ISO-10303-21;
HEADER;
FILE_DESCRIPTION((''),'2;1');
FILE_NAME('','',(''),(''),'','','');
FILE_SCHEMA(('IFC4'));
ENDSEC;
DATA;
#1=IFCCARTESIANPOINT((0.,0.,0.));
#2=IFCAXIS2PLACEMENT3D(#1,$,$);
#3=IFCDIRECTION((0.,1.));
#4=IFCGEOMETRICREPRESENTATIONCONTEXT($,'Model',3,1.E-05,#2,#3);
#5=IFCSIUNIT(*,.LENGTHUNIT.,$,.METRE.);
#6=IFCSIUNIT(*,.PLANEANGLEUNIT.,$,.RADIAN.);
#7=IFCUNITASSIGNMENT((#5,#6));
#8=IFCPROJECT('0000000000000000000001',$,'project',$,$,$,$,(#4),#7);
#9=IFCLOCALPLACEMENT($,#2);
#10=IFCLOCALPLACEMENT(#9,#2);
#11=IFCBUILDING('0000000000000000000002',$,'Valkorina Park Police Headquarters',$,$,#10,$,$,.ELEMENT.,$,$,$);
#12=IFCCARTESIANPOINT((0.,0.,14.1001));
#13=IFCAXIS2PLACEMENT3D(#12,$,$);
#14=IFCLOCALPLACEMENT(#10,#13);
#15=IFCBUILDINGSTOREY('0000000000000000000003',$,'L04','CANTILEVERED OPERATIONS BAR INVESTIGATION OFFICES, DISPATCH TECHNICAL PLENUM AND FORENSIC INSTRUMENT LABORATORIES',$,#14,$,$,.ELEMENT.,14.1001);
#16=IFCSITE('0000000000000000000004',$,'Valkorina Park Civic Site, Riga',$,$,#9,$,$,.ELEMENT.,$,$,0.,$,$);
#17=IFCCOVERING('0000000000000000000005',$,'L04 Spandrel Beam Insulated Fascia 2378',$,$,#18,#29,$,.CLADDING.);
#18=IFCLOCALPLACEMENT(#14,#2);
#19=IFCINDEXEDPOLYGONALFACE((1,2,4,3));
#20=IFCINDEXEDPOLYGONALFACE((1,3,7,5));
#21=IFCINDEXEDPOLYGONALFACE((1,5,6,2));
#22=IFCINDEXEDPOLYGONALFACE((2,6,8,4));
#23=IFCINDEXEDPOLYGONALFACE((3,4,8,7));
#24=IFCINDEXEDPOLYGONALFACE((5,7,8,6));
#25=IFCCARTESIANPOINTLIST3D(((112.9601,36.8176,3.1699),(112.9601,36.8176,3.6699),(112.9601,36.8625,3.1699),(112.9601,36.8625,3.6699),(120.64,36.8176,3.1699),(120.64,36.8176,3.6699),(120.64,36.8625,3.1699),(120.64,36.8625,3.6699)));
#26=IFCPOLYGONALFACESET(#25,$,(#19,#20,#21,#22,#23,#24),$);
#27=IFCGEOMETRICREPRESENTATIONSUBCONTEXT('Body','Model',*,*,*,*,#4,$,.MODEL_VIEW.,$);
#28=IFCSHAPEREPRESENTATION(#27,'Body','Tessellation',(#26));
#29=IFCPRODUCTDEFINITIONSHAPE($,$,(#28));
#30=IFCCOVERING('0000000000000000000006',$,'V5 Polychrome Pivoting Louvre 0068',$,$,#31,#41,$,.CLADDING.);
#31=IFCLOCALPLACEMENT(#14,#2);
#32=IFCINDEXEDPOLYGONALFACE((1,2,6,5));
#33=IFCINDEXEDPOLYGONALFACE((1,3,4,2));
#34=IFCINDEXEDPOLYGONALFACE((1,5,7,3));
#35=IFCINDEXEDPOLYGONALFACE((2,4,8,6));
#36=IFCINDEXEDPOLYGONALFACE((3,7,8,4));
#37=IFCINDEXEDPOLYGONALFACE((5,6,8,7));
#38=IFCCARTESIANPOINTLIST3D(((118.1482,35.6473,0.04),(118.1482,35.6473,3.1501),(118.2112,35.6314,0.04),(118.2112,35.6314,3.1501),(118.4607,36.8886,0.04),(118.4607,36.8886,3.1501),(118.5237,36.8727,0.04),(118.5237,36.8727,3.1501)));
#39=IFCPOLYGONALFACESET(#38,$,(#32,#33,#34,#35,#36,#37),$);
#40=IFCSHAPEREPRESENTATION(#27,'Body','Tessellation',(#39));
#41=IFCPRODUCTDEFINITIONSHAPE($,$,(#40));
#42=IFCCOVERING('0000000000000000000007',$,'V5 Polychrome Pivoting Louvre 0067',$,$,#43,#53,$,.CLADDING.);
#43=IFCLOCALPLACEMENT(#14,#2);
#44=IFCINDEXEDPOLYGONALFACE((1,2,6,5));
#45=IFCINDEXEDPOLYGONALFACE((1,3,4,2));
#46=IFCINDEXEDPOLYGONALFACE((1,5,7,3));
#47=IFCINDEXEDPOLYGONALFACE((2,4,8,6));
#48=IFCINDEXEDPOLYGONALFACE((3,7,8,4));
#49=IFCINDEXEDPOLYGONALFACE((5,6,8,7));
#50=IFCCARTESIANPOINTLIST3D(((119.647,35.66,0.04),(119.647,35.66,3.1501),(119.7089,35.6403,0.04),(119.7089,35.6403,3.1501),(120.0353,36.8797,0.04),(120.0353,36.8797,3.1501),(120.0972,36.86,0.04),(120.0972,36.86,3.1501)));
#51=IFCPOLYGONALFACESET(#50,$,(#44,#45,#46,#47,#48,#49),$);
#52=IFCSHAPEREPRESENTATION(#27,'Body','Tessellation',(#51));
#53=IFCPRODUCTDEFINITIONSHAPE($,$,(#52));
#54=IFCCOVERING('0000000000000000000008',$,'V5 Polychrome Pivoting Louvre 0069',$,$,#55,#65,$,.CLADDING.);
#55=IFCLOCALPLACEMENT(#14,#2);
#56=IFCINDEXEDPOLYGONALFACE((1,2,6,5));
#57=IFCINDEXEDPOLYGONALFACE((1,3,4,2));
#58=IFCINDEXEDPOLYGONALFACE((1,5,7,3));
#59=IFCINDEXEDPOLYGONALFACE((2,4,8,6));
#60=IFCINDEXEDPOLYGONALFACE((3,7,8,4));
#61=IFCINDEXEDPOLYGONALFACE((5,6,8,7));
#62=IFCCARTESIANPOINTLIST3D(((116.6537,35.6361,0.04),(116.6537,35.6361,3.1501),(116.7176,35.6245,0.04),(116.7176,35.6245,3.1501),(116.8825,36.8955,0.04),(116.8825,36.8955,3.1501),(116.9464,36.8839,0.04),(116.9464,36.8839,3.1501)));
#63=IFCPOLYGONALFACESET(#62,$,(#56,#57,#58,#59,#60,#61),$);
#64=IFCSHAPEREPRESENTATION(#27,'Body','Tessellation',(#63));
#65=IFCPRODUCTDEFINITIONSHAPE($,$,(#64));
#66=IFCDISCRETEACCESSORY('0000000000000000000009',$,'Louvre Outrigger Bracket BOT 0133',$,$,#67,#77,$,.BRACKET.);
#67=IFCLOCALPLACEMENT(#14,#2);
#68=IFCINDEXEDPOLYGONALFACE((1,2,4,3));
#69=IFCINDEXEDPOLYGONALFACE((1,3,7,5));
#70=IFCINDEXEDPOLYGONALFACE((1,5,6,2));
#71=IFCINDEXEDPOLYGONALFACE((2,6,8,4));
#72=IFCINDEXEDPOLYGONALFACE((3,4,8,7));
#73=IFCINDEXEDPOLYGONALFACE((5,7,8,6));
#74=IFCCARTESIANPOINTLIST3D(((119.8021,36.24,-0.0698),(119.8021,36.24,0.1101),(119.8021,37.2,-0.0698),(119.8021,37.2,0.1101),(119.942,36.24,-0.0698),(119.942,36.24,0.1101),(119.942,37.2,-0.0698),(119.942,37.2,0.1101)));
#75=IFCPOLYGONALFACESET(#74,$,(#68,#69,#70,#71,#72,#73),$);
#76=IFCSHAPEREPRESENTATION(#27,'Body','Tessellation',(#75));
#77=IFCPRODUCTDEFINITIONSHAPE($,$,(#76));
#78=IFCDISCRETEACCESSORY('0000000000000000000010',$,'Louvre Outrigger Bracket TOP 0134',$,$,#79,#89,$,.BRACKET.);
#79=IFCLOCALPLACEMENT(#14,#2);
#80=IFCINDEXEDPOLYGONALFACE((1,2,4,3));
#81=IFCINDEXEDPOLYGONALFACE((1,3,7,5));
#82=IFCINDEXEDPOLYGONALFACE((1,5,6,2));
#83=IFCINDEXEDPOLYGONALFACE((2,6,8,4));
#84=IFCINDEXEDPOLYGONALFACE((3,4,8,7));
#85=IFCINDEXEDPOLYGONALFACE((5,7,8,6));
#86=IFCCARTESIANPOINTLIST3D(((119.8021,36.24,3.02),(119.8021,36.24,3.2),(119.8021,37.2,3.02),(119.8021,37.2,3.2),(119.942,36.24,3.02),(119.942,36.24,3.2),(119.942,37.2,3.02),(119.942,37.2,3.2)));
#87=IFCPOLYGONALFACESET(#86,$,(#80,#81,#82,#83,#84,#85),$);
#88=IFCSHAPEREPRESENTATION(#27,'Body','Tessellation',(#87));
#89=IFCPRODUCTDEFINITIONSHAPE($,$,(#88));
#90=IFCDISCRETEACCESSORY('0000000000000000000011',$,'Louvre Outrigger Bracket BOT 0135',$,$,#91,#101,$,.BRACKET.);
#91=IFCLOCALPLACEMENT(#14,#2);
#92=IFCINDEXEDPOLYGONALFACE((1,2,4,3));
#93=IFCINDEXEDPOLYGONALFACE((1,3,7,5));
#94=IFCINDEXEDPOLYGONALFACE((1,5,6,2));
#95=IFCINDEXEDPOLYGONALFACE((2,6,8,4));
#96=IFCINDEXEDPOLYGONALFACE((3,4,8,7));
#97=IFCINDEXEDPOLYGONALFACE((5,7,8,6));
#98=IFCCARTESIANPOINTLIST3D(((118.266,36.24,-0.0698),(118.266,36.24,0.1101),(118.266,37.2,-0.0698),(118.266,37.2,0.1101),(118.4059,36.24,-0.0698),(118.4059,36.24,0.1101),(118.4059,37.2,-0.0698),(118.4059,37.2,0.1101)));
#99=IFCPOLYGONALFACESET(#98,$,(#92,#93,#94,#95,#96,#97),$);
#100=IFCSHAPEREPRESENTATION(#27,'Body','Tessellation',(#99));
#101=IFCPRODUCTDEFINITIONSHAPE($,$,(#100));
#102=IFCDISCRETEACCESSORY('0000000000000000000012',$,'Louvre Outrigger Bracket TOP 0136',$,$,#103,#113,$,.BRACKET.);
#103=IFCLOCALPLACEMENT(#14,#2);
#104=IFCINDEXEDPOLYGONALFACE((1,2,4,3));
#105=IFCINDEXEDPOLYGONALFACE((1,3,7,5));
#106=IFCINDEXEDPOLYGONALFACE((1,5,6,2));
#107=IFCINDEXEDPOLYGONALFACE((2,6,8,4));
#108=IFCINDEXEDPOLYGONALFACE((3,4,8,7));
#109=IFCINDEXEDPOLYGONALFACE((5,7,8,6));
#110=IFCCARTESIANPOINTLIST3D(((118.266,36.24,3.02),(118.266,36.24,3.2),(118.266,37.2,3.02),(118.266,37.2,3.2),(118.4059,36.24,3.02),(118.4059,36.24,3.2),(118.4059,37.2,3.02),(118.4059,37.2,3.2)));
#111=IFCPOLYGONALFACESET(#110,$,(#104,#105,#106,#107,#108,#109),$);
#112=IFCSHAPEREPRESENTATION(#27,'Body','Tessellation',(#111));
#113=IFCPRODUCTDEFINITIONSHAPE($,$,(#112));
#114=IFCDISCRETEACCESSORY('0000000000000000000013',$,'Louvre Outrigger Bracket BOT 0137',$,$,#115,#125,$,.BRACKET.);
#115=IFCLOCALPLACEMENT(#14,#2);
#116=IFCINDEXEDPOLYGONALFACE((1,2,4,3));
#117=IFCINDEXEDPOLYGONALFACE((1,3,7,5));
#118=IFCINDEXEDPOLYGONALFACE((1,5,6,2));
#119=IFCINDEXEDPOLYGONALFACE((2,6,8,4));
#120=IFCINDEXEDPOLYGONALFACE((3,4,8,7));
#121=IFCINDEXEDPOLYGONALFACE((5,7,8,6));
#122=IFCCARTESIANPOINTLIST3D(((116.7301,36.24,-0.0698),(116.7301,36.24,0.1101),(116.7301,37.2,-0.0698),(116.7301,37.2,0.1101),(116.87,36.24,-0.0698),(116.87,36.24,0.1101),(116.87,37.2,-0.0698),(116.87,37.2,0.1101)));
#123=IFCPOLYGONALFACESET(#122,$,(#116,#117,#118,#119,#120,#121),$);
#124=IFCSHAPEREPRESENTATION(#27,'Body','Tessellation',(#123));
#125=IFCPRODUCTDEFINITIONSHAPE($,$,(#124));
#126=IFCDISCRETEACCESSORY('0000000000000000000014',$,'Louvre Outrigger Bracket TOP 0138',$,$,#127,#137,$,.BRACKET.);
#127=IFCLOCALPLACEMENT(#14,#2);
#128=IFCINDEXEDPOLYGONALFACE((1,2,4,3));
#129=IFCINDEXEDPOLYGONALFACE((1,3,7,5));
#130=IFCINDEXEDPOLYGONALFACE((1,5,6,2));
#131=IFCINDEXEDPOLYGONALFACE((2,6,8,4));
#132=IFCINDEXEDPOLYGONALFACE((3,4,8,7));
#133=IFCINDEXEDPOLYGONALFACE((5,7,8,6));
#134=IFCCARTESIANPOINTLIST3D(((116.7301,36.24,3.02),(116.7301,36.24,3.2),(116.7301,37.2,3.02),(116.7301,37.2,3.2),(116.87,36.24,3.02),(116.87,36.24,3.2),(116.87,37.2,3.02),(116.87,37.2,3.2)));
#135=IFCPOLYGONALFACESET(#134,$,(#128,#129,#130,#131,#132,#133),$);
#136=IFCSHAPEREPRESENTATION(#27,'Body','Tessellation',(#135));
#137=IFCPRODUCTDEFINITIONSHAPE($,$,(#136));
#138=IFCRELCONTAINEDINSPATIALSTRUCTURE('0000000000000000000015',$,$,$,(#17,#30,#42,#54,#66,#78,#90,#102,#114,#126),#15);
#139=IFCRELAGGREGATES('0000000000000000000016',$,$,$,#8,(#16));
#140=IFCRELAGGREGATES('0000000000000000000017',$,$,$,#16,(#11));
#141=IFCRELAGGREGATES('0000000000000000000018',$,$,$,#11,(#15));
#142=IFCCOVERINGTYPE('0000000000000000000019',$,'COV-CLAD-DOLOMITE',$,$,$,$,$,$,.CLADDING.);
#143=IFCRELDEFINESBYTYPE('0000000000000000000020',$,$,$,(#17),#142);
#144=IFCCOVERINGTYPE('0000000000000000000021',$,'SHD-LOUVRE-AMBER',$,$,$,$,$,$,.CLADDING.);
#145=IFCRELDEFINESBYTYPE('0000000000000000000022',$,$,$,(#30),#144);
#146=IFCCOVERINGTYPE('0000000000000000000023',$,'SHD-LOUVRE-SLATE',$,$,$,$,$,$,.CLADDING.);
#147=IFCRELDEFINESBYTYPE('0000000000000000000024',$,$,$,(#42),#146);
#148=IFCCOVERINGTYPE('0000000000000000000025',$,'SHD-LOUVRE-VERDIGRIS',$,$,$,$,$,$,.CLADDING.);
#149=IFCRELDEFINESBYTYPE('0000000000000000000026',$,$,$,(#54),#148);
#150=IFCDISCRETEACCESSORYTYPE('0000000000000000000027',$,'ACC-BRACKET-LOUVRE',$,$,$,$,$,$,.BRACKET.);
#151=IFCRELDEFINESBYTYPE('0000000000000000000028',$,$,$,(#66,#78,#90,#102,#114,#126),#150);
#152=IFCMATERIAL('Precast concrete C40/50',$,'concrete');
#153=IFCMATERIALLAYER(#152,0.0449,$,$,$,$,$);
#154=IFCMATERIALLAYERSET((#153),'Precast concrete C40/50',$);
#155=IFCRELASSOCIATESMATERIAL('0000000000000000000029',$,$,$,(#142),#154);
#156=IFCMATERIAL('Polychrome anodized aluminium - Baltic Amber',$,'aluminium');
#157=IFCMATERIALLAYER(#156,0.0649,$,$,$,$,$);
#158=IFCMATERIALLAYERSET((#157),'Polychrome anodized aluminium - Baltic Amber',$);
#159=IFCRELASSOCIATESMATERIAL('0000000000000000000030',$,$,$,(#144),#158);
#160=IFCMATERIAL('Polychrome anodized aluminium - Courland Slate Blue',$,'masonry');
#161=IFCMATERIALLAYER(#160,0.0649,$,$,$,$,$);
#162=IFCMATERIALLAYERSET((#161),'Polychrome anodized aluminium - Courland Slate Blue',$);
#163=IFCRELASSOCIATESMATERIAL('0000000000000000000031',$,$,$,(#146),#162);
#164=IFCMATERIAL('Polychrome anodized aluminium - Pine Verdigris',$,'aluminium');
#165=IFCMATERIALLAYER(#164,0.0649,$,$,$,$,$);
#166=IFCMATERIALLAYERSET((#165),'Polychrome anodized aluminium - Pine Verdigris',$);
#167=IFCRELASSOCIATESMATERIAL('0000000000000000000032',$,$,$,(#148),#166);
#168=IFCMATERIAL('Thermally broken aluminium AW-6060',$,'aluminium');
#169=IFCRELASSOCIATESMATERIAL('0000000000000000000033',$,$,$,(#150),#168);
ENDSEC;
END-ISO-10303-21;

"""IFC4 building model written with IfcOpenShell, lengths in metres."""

from ifc_helpers import new_model, si_unit, direction, frame, frame_2d, origin, origin_2d, place, context, subcontext, project, spatial, rectangle, extrude, material, layer, layer_set, type_object, element, save


model = new_model("IFC4")

# Units and contexts
model_context = context("Model", 3, precision=1e-05, world=origin(), true_north=direction((0.0, 1.0)))
body_context = subcontext(model_context, "Body", "Model", "MODEL_VIEW")
ifc_project = project(units=[si_unit("LENGTHUNIT", "METRE"), si_unit("PLANEANGLEUNIT", "RADIAN")], contexts=[model_context])

# Site, building, storey
site_placement = place(None, origin())
site = spatial("IfcSite", under=ifc_project, at=site_placement, Name="Valkorina Park Civic Site, Riga", CompositionType="ELEMENT", RefElevation=0.0)
building_placement = place(site_placement, origin())
building = spatial("IfcBuilding", under=site, at=building_placement, Name="Valkorina Park Police Headquarters", CompositionType="ELEMENT")
storey_placement = place(building_placement, frame((0.0, 0.0, 14.1001)))
storey = spatial("IfcBuildingStorey", under=building, at=storey_placement, Name="L04", Description="CANTILEVERED OPERATIONS BAR INVESTIGATION OFFICES, DISPATCH TECHNICAL PLENUM AND FORENSIC INSTRUMENT LABORATORIES", CompositionType="ELEMENT", Elevation=14.1001)

# Shared definitions
ifc_material_1 = material(Name="Thermally broken aluminium AW-6060", Category="aluminium")

# Coverings
ifc_material_2 = material(Name="Precast concrete C40/50", Category="concrete")
ifc_layer_1 = layer(ifc_material_2, 0.0449)
ifc_layer_set_1 = layer_set([ifc_layer_1], Name="Precast concrete C40/50")
covering_type_1 = type_object("IfcCoveringType", Name="COV-CLAD-DOLOMITE", PredefinedType="CLADDING", material=ifc_layer_set_1)
covering_1_placement = place(storey_placement, frame((120.6399, 36.8401, 3.1699), z_axis=(0.0, 0.0, 1.0), x_axis=(-1.0, 0.0, 0.0)))
element("IfcCovering", 1, at=covering_1_placement, inside=storey, type_object=covering_type_1, Name="L04 Spandrel Beam Insulated Fascia 2378", PredefinedType="CLADDING", context=body_context, shape_type="SweptSolid", body=[
    extrude(rectangle(XDim=7.6799, YDim=0.0449, at=frame_2d((3.8398, 0.0))), origin(), (0.0, 0.0, 1.0), 0.5),
])
ifc_material_3 = material(Name="Polychrome anodized aluminium - Baltic Amber", Category="aluminium")
ifc_layer_2 = layer(ifc_material_3, 0.0649)
ifc_layer_set_2 = layer_set([ifc_layer_2], Name="Polychrome anodized aluminium - Baltic Amber")
covering_type_2 = type_object("IfcCoveringType", Name="SHD-LOUVRE-AMBER", PredefinedType="CLADDING", material=ifc_layer_set_2)
covering_2_placement = place(storey_placement, frame((118.3359, 36.26, 0.04), z_axis=(0.0, 0.0, 1.0), x_axis=(-0.244123, -0.969744, 0.0)))
element("IfcCovering", 2, at=covering_2_placement, inside=storey, type_object=covering_type_2, Name="V5 Polychrome Pivoting Louvre 0068", PredefinedType="CLADDING", context=body_context, shape_type="SweptSolid", body=[
    extrude(rectangle(XDim=1.28, YDim=0.0649, at=origin_2d()), origin(), (0.0, 0.0, 1.0), 3.1101),
])
ifc_material_4 = material(Name="Polychrome anodized aluminium - Courland Slate Blue", Category="masonry")
ifc_layer_3 = layer(ifc_material_4, 0.0649)
ifc_layer_set_3 = layer_set([ifc_layer_3], Name="Polychrome anodized aluminium - Courland Slate Blue")
covering_type_3 = type_object("IfcCoveringType", Name="SHD-LOUVRE-SLATE", PredefinedType="CLADDING", material=ifc_layer_set_3)
covering_3_placement = place(storey_placement, frame((119.8721, 36.26, 0.04), z_axis=(0.0, 0.0, 1.0), x_axis=(-0.303368, -0.952874, 0.0)))
element("IfcCovering", 3, at=covering_3_placement, inside=storey, type_object=covering_type_3, Name="V5 Polychrome Pivoting Louvre 0067", PredefinedType="CLADDING", context=body_context, shape_type="SweptSolid", body=[
    extrude(rectangle(XDim=1.28, YDim=0.0649, at=origin_2d()), origin(), (0.0, 0.0, 1.0), 3.1101),
])
ifc_material_5 = material(Name="Polychrome anodized aluminium - Pine Verdigris", Category="aluminium")
ifc_layer_4 = layer(ifc_material_5, 0.0649)
ifc_layer_set_4 = layer_set([ifc_layer_4], Name="Polychrome anodized aluminium - Pine Verdigris")
covering_type_4 = type_object("IfcCoveringType", Name="SHD-LOUVRE-VERDIGRIS", PredefinedType="CLADDING", material=ifc_layer_set_4)
covering_4_placement = place(storey_placement, frame((116.8, 36.26, 0.04), z_axis=(0.0, 0.0, 1.0), x_axis=(-0.178802, -0.983885, 0.0)))
element("IfcCovering", 4, at=covering_4_placement, inside=storey, type_object=covering_type_4, Name="V5 Polychrome Pivoting Louvre 0069", PredefinedType="CLADDING", context=body_context, shape_type="SweptSolid", body=[
    extrude(rectangle(XDim=1.28, YDim=0.0649, at=origin_2d()), origin(), (0.0, 0.0, 1.0), 3.1101),
])

# Discrete accessories
discrete_accessory_type = type_object("IfcDiscreteAccessoryType", Name="ACC-BRACKET-LOUVRE", PredefinedType="BRACKET", material=ifc_material_1)
for number, where, z_axis, x_axis, name in (
    (5, (119.8721, 36.72, -0.0698), (0.0, 0.0, 1.0), (0.0, -1.0, 0.0), "Louvre Outrigger Bracket BOT 0133"),
    (6, (119.8721, 36.72, 3.02), (0.0, 0.0, 1.0), (0.0, -1.0, 0.0), "Louvre Outrigger Bracket TOP 0134"),
    (7, (118.3359, 36.72, -0.0698), (0.0, 0.0, 1.0), (0.0, -1.0, 0.0), "Louvre Outrigger Bracket BOT 0135"),
    (8, (118.3359, 36.72, 3.02), (0.0, 0.0, 1.0), (0.0, -1.0, 0.0), "Louvre Outrigger Bracket TOP 0136"),
    (9, (116.8, 36.72, -0.0698), (0.0, 0.0, 1.0), (0.0, -1.0, 0.0), "Louvre Outrigger Bracket BOT 0137"),
    (10, (116.8, 36.72, 3.02), (0.0, 0.0, 1.0), (0.0, -1.0, 0.0), "Louvre Outrigger Bracket TOP 0138"),
):
    element("IfcDiscreteAccessory", number, at=place(storey_placement, frame(where, z_axis=z_axis, x_axis=x_axis)), inside=storey, type_object=discrete_accessory_type, Name=name, PredefinedType="BRACKET", context=body_context, shape_type="SweptSolid", body=[
        extrude(rectangle(XDim=0.96, YDim=0.1399, at=origin_2d()), origin(), (0.0, 0.0, 1.0), 0.1799),
    ])

save(model, "model.ifc")
